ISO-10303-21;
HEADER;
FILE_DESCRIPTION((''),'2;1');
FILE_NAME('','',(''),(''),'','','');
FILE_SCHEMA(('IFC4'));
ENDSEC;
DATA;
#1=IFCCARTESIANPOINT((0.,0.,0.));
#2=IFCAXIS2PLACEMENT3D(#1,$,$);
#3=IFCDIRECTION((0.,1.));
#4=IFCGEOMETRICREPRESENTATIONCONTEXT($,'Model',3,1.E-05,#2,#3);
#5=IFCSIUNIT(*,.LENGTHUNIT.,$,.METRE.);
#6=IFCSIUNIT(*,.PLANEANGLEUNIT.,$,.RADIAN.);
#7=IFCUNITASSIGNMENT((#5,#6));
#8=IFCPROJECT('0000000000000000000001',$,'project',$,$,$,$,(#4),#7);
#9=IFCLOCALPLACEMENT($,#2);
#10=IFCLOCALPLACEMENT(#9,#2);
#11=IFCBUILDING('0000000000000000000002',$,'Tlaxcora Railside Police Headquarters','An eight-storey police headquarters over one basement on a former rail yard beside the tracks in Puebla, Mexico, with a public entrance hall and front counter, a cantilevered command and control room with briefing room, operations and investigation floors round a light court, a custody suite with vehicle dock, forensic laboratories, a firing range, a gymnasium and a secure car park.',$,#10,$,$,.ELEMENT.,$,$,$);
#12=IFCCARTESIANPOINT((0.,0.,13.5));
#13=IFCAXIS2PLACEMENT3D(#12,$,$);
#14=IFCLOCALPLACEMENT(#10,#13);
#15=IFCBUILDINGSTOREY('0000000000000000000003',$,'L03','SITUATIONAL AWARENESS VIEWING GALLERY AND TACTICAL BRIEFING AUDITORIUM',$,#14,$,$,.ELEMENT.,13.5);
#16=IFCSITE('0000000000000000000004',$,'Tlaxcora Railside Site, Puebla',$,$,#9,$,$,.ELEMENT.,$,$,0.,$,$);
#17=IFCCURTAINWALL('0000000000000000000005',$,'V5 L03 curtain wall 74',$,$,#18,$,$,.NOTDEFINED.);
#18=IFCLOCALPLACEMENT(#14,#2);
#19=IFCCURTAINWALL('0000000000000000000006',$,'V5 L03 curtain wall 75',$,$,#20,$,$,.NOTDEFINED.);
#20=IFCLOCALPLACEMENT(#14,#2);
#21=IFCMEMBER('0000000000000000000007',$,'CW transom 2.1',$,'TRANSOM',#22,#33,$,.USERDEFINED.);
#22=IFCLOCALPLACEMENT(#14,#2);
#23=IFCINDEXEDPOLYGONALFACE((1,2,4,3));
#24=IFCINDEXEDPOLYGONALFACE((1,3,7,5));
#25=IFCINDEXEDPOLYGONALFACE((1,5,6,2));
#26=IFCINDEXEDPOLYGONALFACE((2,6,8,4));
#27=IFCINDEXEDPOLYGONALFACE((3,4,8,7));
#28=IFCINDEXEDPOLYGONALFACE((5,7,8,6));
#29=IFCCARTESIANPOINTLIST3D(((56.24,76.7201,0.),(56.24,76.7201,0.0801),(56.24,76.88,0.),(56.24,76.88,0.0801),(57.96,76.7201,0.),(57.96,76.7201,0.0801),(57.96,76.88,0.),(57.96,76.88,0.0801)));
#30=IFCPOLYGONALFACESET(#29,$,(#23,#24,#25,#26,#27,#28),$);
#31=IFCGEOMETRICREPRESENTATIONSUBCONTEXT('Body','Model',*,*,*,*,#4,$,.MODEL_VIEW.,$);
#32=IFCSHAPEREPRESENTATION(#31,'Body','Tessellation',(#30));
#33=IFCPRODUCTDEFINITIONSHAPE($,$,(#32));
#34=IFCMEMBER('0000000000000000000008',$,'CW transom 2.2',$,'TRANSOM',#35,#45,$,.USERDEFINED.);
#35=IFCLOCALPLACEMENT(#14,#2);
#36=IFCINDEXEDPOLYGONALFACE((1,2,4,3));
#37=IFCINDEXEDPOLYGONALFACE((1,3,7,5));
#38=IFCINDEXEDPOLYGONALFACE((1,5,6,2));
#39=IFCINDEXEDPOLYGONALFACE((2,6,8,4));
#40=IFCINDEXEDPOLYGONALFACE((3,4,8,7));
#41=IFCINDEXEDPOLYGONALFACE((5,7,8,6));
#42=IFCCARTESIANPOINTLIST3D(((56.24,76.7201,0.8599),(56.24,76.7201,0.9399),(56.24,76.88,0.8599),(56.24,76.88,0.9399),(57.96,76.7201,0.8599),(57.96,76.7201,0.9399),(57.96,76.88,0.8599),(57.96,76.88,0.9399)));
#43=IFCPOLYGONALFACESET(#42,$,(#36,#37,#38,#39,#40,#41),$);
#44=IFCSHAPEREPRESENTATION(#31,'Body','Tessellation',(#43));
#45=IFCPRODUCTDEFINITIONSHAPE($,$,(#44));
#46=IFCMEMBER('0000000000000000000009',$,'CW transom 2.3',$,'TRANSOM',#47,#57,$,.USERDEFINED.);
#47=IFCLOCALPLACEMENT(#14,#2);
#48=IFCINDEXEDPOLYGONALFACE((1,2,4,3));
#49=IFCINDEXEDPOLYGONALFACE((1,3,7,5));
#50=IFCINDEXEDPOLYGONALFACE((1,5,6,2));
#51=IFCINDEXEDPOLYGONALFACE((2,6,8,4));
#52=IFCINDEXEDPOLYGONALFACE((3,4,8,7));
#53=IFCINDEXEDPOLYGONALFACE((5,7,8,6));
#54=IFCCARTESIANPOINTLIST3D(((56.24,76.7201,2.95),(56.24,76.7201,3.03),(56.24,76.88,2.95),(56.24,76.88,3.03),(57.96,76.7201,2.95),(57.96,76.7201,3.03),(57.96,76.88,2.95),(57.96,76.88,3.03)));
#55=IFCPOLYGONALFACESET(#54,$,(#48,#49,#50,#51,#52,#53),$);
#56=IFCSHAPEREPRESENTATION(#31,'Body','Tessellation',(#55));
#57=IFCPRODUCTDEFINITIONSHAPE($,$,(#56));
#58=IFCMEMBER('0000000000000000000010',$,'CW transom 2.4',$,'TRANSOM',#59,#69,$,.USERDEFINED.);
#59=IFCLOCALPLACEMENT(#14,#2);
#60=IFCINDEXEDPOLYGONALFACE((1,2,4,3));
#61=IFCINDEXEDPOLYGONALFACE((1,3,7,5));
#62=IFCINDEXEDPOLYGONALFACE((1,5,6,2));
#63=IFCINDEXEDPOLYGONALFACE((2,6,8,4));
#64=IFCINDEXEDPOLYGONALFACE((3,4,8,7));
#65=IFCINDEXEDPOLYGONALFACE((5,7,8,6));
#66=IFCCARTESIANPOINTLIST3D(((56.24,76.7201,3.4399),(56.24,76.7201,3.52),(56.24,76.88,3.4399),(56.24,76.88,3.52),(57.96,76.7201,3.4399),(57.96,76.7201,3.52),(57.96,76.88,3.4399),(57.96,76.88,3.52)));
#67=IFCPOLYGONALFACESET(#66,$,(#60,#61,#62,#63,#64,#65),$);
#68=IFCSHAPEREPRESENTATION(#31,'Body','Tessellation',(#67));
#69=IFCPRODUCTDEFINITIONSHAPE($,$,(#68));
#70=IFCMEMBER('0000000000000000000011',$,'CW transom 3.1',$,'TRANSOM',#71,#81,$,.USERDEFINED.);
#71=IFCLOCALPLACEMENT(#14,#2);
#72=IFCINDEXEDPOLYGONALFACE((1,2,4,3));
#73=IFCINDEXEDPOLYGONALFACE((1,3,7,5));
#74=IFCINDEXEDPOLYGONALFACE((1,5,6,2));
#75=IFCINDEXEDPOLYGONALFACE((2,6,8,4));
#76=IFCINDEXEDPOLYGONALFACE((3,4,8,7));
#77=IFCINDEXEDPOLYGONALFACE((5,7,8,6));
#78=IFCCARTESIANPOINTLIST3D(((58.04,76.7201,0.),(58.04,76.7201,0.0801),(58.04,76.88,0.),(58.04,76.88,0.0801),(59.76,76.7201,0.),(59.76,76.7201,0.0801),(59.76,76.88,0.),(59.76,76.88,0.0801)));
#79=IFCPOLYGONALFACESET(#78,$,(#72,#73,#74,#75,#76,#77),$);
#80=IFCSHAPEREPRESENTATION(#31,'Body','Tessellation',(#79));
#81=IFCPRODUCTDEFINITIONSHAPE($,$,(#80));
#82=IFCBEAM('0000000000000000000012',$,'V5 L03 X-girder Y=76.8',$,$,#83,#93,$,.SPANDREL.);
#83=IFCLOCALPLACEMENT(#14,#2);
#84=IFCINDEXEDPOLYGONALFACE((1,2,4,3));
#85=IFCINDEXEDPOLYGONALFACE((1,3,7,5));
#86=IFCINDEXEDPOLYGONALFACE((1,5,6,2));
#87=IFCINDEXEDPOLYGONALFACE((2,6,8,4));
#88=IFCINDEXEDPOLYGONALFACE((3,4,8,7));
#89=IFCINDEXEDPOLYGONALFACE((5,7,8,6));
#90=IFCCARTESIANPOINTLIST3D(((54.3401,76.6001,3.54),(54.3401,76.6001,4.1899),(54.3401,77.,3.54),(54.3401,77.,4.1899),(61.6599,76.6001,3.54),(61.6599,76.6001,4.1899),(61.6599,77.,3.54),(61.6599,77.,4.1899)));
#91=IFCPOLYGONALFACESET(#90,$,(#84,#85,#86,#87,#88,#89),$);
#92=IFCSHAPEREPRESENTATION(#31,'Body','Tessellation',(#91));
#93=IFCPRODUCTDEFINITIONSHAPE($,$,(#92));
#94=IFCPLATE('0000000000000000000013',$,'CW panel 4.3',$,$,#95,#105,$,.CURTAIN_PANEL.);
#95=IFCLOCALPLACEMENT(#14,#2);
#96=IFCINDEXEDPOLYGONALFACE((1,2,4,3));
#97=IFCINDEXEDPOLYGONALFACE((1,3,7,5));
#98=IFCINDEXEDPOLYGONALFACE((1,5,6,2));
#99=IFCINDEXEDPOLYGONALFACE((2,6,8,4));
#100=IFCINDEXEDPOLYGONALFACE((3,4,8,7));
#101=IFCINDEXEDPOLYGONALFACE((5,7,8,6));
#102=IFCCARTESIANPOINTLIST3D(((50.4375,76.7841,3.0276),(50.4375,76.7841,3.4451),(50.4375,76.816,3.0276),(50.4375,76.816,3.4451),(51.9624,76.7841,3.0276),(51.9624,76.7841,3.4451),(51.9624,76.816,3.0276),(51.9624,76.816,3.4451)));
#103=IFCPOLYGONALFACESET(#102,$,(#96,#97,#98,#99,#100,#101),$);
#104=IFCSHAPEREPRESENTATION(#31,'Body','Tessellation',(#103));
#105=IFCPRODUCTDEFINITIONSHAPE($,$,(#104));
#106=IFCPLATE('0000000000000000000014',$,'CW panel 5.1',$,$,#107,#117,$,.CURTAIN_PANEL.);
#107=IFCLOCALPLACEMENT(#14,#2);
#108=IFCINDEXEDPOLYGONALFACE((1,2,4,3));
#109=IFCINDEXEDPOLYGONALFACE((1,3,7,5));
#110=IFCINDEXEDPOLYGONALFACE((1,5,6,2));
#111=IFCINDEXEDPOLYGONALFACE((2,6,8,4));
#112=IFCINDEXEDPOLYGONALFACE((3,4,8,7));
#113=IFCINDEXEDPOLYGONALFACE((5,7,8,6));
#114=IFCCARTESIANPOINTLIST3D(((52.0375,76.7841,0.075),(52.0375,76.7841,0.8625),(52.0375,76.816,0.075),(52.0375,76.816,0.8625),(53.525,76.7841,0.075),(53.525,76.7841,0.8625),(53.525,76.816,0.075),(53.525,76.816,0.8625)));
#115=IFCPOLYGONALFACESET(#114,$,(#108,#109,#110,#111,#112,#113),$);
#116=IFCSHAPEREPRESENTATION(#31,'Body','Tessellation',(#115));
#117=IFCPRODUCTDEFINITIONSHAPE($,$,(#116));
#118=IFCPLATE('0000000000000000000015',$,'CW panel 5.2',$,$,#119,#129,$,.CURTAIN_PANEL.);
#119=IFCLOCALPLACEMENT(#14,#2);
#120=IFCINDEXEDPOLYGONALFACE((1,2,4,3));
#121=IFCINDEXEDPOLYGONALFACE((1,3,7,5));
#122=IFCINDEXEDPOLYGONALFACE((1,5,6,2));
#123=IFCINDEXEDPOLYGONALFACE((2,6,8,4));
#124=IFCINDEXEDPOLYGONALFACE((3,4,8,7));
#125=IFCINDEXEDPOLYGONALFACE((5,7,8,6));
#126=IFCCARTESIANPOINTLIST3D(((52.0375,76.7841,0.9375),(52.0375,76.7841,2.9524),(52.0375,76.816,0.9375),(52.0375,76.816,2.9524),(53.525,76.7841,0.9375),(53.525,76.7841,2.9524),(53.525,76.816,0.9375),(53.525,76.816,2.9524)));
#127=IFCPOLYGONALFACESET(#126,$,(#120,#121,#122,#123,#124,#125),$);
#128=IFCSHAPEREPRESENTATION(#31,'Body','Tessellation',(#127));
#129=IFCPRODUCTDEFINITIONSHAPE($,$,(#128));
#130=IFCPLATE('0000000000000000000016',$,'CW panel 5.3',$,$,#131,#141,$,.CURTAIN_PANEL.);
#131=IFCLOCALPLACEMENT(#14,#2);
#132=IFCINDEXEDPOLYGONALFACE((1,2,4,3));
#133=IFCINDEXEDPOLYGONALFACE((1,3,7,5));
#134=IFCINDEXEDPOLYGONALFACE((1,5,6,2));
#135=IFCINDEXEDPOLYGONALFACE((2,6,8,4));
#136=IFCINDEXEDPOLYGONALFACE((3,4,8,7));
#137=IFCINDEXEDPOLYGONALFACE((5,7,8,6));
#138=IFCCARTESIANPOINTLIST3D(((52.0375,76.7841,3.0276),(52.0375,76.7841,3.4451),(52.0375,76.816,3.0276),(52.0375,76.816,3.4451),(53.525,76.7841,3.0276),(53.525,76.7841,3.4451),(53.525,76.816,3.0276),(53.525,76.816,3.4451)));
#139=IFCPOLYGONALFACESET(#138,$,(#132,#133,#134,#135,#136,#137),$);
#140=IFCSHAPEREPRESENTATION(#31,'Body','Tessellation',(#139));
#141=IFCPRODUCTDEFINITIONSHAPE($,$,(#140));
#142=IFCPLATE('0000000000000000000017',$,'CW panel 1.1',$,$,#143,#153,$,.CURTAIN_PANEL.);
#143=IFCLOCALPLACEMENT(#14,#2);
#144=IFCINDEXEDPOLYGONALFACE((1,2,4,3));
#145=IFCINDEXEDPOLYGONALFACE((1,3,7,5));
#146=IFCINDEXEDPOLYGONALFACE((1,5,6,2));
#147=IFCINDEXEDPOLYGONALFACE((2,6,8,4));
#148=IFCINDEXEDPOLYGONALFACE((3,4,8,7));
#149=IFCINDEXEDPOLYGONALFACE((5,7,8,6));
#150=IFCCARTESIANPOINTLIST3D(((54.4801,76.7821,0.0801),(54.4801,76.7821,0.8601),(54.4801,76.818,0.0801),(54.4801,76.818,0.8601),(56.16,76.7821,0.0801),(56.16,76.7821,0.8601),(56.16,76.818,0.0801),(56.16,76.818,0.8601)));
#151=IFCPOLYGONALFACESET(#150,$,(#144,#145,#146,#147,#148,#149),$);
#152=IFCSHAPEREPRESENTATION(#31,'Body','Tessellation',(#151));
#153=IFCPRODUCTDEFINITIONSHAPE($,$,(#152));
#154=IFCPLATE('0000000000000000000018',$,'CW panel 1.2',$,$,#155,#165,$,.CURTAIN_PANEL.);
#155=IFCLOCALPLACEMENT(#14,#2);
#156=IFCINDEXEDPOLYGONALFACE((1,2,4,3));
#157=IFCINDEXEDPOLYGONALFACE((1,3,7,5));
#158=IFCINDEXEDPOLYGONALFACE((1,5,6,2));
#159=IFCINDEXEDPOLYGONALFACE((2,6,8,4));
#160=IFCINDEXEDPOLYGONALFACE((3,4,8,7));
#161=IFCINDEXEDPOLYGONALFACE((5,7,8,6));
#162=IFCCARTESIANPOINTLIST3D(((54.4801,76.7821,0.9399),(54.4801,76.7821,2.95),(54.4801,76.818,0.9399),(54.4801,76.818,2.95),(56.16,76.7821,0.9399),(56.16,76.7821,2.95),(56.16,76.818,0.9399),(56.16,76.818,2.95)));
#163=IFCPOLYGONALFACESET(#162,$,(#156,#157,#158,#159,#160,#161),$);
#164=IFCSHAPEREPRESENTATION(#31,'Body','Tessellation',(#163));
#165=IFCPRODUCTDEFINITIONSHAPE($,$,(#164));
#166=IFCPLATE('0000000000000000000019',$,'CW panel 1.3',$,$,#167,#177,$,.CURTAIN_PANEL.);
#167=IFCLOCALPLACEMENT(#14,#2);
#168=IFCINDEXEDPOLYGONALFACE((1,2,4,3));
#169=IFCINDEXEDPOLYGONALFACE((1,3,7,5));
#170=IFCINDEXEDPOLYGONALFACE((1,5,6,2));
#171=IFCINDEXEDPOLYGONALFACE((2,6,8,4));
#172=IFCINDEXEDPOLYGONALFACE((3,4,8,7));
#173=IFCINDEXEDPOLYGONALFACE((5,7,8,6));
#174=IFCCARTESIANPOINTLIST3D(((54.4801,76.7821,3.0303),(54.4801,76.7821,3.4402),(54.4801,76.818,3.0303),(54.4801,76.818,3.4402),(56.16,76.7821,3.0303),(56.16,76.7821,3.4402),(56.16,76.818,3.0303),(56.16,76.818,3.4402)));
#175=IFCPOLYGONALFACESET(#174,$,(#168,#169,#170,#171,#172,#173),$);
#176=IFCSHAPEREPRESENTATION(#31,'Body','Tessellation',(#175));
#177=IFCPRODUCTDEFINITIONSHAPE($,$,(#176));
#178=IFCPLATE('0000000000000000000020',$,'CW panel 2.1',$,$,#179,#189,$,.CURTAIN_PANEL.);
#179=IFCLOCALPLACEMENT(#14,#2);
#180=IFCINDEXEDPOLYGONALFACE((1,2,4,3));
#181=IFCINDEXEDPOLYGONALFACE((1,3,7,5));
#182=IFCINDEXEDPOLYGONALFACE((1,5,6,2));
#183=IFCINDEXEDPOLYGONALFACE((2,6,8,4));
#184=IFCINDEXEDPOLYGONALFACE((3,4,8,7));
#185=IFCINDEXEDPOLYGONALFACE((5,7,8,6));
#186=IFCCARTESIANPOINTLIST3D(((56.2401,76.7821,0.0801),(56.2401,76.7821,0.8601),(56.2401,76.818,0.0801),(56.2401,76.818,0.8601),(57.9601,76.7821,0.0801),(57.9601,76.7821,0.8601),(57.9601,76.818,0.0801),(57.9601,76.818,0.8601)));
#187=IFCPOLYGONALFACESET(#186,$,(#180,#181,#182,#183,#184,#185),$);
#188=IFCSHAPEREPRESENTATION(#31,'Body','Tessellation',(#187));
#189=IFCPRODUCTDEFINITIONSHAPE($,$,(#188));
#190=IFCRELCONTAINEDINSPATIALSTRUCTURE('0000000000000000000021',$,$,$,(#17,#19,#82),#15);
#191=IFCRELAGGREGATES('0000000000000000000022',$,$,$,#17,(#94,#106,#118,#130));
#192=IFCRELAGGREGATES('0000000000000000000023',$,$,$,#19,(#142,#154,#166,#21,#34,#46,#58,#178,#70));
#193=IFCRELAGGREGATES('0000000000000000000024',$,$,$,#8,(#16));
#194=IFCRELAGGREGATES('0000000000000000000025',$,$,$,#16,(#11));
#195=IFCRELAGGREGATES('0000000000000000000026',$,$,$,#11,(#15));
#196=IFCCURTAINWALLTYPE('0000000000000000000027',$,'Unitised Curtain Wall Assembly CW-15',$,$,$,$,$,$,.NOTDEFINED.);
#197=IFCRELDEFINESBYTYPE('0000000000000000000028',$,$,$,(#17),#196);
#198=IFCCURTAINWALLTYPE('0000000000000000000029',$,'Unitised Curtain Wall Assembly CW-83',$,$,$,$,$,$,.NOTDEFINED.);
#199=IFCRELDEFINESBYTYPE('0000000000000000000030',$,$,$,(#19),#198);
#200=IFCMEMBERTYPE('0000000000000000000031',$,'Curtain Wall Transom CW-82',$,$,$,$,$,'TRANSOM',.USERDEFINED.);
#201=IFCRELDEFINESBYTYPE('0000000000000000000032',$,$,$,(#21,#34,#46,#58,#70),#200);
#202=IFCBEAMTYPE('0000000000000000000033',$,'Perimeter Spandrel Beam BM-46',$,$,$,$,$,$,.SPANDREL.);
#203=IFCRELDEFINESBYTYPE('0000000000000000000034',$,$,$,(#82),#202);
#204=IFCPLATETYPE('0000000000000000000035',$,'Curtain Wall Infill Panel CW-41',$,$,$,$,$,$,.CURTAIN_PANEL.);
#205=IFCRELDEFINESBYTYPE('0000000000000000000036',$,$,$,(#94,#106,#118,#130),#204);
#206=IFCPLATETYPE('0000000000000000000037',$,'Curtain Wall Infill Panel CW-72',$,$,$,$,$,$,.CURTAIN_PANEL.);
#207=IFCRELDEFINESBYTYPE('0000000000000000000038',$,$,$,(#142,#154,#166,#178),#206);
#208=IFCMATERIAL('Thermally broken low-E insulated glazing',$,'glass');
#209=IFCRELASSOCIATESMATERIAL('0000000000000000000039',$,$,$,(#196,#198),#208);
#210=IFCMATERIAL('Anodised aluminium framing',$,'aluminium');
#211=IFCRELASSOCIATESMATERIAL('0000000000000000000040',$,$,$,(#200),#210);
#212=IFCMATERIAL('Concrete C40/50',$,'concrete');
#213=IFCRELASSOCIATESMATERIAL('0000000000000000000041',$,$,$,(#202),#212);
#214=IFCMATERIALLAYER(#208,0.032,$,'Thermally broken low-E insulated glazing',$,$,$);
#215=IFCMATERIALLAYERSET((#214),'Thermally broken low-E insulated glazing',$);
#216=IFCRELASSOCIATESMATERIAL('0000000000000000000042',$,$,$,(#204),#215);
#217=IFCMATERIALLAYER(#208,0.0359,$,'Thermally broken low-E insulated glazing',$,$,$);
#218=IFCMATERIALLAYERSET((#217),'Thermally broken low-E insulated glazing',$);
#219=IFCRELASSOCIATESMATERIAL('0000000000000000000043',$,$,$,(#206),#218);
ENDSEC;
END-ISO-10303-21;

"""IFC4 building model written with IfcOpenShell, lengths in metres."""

from ifc_helpers import new_model, si_unit, direction, frame, origin, origin_2d, place, context, subcontext, project, spatial, rectangle, extrude, material, layer, layer_set, material_profile, profile_set, type_object, element, aggregate, save


model = new_model("IFC4")

# Units and contexts
model_context = context("Model", 3, precision=1e-05, world=origin(), true_north=direction((0.0, 1.0)))
body_context = subcontext(model_context, "Body", "Model", "MODEL_VIEW")
ifc_project = project(units=[si_unit("LENGTHUNIT", "METRE"), si_unit("PLANEANGLEUNIT", "RADIAN")], contexts=[model_context])

# Site, building, storey
site_placement = place(None, origin())
site = spatial("IfcSite", under=ifc_project, at=site_placement, Name="Tlaxcora Railside Site, Puebla", CompositionType="ELEMENT", RefElevation=0.0)
building_placement = place(site_placement, origin())
building = spatial("IfcBuilding", under=site, at=building_placement, Name="Tlaxcora Railside Police Headquarters", Description="An eight-storey police headquarters over one basement on a former rail yard beside the tracks in Puebla, Mexico, with a public entrance hall and front counter, a cantilevered command and control room with briefing room, operations and investigation floors round a light court, a custody suite with vehicle dock, forensic laboratories, a firing range, a gymnasium and a secure car park.", CompositionType="ELEMENT")
storey_placement = place(building_placement, frame((0.0, 0.0, 13.5)))
storey = spatial("IfcBuildingStorey", under=building, at=storey_placement, Name="L03", Description="SITUATIONAL AWARENESS VIEWING GALLERY AND TACTICAL BRIEFING AUDITORIUM", CompositionType="ELEMENT", Elevation=13.5)

# Shared definitions
ifc_material_1 = material(Name="Concrete C40/50", Category="concrete")

# Curtain walls
ifc_material_2 = material(Name="Thermally broken low-E insulated glazing", Category="glass")
curtain_wall_type_1 = type_object("IfcCurtainWallType", Name="Unitised Curtain Wall Assembly CW-15", PredefinedType="NOTDEFINED", material=ifc_material_2)
curtain_wall_1_placement = place(storey_placement, origin())
curtain_wall_1 = element("IfcCurtainWall", 1, at=curtain_wall_1_placement, inside=storey, type_object=curtain_wall_type_1, Name="V5 L03 curtain wall 74", PredefinedType="NOTDEFINED")
ifc_material_3 = material(Name="Anodised aluminium framing", Category="aluminium")
curtain_wall_type_2 = type_object("IfcCurtainWallType", Name="Unitised Curtain Wall Assembly CW-83", PredefinedType="NOTDEFINED", material=ifc_material_2)
curtain_wall_2_placement = place(storey_placement, origin())
curtain_wall_2 = element("IfcCurtainWall", 2, at=curtain_wall_2_placement, inside=storey, type_object=curtain_wall_type_2, Name="V5 L03 curtain wall 75", PredefinedType="NOTDEFINED")

# Members
ifc_material_profile_1 = material_profile(ifc_material_3, rectangle(XDim=0.1599, YDim=0.0801, at=origin_2d()), Name="AL80X160")
ifc_profile_set_1 = profile_set([ifc_material_profile_1], Name="Anodised aluminium framing")
member_type_1 = type_object("IfcMemberType", Name="Curtain Wall Transom CW-82", ElementType="TRANSOM", PredefinedType="USERDEFINED", material=ifc_profile_set_1)
member_1_placement = place(storey_placement, frame((56.24, 76.8, 0.04), z_axis=(1.0, 0.0, 0.0), x_axis=(0.0, 1.0, 0.0)))
member_1 = element("IfcMember", 3, at=member_1_placement, type_object=member_type_1, Name="CW transom 2.1", ObjectType="TRANSOM", PredefinedType="USERDEFINED", context=body_context, shape_type="SweptSolid", body=[
    extrude(rectangle(XDim=0.1599, YDim=0.0801, at=origin_2d()), origin(), (0.0, 0.0, 1.0), 1.72),
])
member_2_placement = place(storey_placement, frame((56.24, 76.8, 0.8999), z_axis=(1.0, 0.0, 0.0), x_axis=(0.0, 1.0, 0.0)))
member_2 = element("IfcMember", 4, at=member_2_placement, type_object=member_type_1, Name="CW transom 2.2", ObjectType="TRANSOM", PredefinedType="USERDEFINED", context=body_context, shape_type="SweptSolid", body=[
    extrude(rectangle(XDim=0.1599, YDim=0.0801, at=origin_2d()), origin(), (0.0, 0.0, 1.0), 1.72),
])
member_3_placement = place(storey_placement, frame((56.24, 76.8, 2.99), z_axis=(1.0, 0.0, 0.0), x_axis=(0.0, 1.0, 0.0)))
member_3 = element("IfcMember", 5, at=member_3_placement, type_object=member_type_1, Name="CW transom 2.3", ObjectType="TRANSOM", PredefinedType="USERDEFINED", context=body_context, shape_type="SweptSolid", body=[
    extrude(rectangle(XDim=0.1599, YDim=0.0801, at=origin_2d()), origin(), (0.0, 0.0, 1.0), 1.72),
])
member_4_placement = place(storey_placement, frame((56.24, 76.8, 3.48), z_axis=(1.0, 0.0, 0.0), x_axis=(0.0, 1.0, 0.0)))
member_4 = element("IfcMember", 6, at=member_4_placement, type_object=member_type_1, Name="CW transom 2.4", ObjectType="TRANSOM", PredefinedType="USERDEFINED", context=body_context, shape_type="SweptSolid", body=[
    extrude(rectangle(XDim=0.1599, YDim=0.0801, at=origin_2d()), origin(), (0.0, 0.0, 1.0), 1.72),
])
member_5_placement = place(storey_placement, frame((58.04, 76.8, 0.04), z_axis=(1.0, 0.0, 0.0), x_axis=(0.0, 1.0, 0.0)))
member_5 = element("IfcMember", 7, at=member_5_placement, type_object=member_type_1, Name="CW transom 3.1", ObjectType="TRANSOM", PredefinedType="USERDEFINED", context=body_context, shape_type="SweptSolid", body=[
    extrude(rectangle(XDim=0.1599, YDim=0.0801, at=origin_2d()), origin(), (0.0, 0.0, 1.0), 1.72),
])

# Beam
ifc_material_profile_2 = material_profile(ifc_material_1, rectangle(XDim=0.3999, YDim=0.6499, at=origin_2d()), Name="RC400X650")
ifc_profile_set_2 = profile_set([ifc_material_profile_2], Name="Concrete C40/50")
beam_type = type_object("IfcBeamType", Name="Perimeter Spandrel Beam BM-46", PredefinedType="SPANDREL", material=ifc_profile_set_2)
beam_placement = place(storey_placement, frame((54.3401, 76.8, 3.865), z_axis=(1.0, 0.0, 0.0), x_axis=(0.0, 1.0, 0.0)))
element("IfcBeam", 8, at=beam_placement, inside=storey, type_object=beam_type, Name="V5 L03 X-girder Y=76.8", PredefinedType="SPANDREL", context=body_context, shape_type="SweptSolid", body=[
    extrude(rectangle(XDim=0.3999, YDim=0.6499, at=origin_2d()), origin(), (0.0, 0.0, 1.0), 7.3198),
])

# Plates
ifc_layer_1 = layer(ifc_material_2, 0.032, Name="Thermally broken low-E insulated glazing")
ifc_layer_set_1 = layer_set([ifc_layer_1], Name="Thermally broken low-E insulated glazing")
plate_type_1 = type_object("IfcPlateType", Name="Curtain Wall Infill Panel CW-41", PredefinedType="CURTAIN_PANEL", material=ifc_layer_set_1)
plate_1_placement = place(storey_placement, frame((51.2, 76.8, 3.0276), z_axis=(0.0, 0.0, 1.0), x_axis=(1.0, 0.0, 0.0)))
plate_1 = element("IfcPlate", 9, at=plate_1_placement, type_object=plate_type_1, Name="CW panel 4.3", PredefinedType="CURTAIN_PANEL", context=body_context, shape_type="SweptSolid", body=[
    extrude(rectangle(XDim=1.5249, YDim=0.032, at=origin_2d()), origin(), (0.0, 0.0, 1.0), 0.4175),
])
plate_2_placement = place(storey_placement, frame((52.7812, 76.8, 0.075), z_axis=(0.0, 0.0, 1.0), x_axis=(1.0, 0.0, 0.0)))
plate_2 = element("IfcPlate", 10, at=plate_2_placement, type_object=plate_type_1, Name="CW panel 5.1", PredefinedType="CURTAIN_PANEL", context=body_context, shape_type="SweptSolid", body=[
    extrude(rectangle(XDim=1.4875, YDim=0.032, at=origin_2d()), origin(), (0.0, 0.0, 1.0), 0.7876),
])
plate_3_placement = place(storey_placement, frame((52.7812, 76.8, 0.9375), z_axis=(0.0, 0.0, 1.0), x_axis=(1.0, 0.0, 0.0)))
plate_3 = element("IfcPlate", 11, at=plate_3_placement, type_object=plate_type_1, Name="CW panel 5.2", PredefinedType="CURTAIN_PANEL", context=body_context, shape_type="SweptSolid", body=[
    extrude(rectangle(XDim=1.4875, YDim=0.032, at=origin_2d()), origin(), (0.0, 0.0, 1.0), 2.0149),
])
plate_4_placement = place(storey_placement, frame((52.7812, 76.8, 3.0276), z_axis=(0.0, 0.0, 1.0), x_axis=(1.0, 0.0, 0.0)))
plate_4 = element("IfcPlate", 12, at=plate_4_placement, type_object=plate_type_1, Name="CW panel 5.3", PredefinedType="CURTAIN_PANEL", context=body_context, shape_type="SweptSolid", body=[
    extrude(rectangle(XDim=1.4875, YDim=0.032, at=origin_2d()), origin(), (0.0, 0.0, 1.0), 0.4175),
])
aggregate(curtain_wall_1, [plate_1, plate_2, plate_3, plate_4])
ifc_layer_2 = layer(ifc_material_2, 0.0359, Name="Thermally broken low-E insulated glazing")
ifc_layer_set_2 = layer_set([ifc_layer_2], Name="Thermally broken low-E insulated glazing")
plate_type_2 = type_object("IfcPlateType", Name="Curtain Wall Infill Panel CW-72", PredefinedType="CURTAIN_PANEL", material=ifc_layer_set_2)
plate_5_placement = place(storey_placement, frame((55.3201, 76.8, 0.0801), z_axis=(0.0, 0.0, 1.0), x_axis=(1.0, 0.0, 0.0)))
plate_5 = element("IfcPlate", 13, at=plate_5_placement, type_object=plate_type_2, Name="CW panel 1.1", PredefinedType="CURTAIN_PANEL", context=body_context, shape_type="SweptSolid", body=[
    extrude(rectangle(XDim=1.6799, YDim=0.0359, at=origin_2d()), origin(), (0.0, 0.0, 1.0), 0.78),
])
plate_6_placement = place(storey_placement, frame((55.3201, 76.8, 0.9399), z_axis=(0.0, 0.0, 1.0), x_axis=(1.0, 0.0, 0.0)))
plate_6 = element("IfcPlate", 14, at=plate_6_placement, type_object=plate_type_2, Name="CW panel 1.2", PredefinedType="CURTAIN_PANEL", context=body_context, shape_type="SweptSolid", body=[
    extrude(rectangle(XDim=1.6799, YDim=0.0359, at=origin_2d()), origin(), (0.0, 0.0, 1.0), 2.01),
])
plate_7_placement = place(storey_placement, frame((55.3201, 76.8, 3.0303), z_axis=(0.0, 0.0, 1.0), x_axis=(1.0, 0.0, 0.0)))
plate_7 = element("IfcPlate", 15, at=plate_7_placement, type_object=plate_type_2, Name="CW panel 1.3", PredefinedType="CURTAIN_PANEL", context=body_context, shape_type="SweptSolid", body=[
    extrude(rectangle(XDim=1.6799, YDim=0.0359, at=origin_2d()), origin(), (0.0, 0.0, 1.0), 0.4099),
])
plate_8_placement = place(storey_placement, frame((57.1001, 76.8, 0.0801), z_axis=(0.0, 0.0, 1.0), x_axis=(1.0, 0.0, 0.0)))
plate_8 = element("IfcPlate", 16, at=plate_8_placement, type_object=plate_type_2, Name="CW panel 2.1", PredefinedType="CURTAIN_PANEL", context=body_context, shape_type="SweptSolid", body=[
    extrude(rectangle(XDim=1.72, YDim=0.0359, at=origin_2d()), origin(), (0.0, 0.0, 1.0), 0.78),
])
aggregate(curtain_wall_2, [plate_5, plate_6, plate_7, member_1, member_2, member_3, member_4, plate_8, member_5])

save(model, "model.ifc")
